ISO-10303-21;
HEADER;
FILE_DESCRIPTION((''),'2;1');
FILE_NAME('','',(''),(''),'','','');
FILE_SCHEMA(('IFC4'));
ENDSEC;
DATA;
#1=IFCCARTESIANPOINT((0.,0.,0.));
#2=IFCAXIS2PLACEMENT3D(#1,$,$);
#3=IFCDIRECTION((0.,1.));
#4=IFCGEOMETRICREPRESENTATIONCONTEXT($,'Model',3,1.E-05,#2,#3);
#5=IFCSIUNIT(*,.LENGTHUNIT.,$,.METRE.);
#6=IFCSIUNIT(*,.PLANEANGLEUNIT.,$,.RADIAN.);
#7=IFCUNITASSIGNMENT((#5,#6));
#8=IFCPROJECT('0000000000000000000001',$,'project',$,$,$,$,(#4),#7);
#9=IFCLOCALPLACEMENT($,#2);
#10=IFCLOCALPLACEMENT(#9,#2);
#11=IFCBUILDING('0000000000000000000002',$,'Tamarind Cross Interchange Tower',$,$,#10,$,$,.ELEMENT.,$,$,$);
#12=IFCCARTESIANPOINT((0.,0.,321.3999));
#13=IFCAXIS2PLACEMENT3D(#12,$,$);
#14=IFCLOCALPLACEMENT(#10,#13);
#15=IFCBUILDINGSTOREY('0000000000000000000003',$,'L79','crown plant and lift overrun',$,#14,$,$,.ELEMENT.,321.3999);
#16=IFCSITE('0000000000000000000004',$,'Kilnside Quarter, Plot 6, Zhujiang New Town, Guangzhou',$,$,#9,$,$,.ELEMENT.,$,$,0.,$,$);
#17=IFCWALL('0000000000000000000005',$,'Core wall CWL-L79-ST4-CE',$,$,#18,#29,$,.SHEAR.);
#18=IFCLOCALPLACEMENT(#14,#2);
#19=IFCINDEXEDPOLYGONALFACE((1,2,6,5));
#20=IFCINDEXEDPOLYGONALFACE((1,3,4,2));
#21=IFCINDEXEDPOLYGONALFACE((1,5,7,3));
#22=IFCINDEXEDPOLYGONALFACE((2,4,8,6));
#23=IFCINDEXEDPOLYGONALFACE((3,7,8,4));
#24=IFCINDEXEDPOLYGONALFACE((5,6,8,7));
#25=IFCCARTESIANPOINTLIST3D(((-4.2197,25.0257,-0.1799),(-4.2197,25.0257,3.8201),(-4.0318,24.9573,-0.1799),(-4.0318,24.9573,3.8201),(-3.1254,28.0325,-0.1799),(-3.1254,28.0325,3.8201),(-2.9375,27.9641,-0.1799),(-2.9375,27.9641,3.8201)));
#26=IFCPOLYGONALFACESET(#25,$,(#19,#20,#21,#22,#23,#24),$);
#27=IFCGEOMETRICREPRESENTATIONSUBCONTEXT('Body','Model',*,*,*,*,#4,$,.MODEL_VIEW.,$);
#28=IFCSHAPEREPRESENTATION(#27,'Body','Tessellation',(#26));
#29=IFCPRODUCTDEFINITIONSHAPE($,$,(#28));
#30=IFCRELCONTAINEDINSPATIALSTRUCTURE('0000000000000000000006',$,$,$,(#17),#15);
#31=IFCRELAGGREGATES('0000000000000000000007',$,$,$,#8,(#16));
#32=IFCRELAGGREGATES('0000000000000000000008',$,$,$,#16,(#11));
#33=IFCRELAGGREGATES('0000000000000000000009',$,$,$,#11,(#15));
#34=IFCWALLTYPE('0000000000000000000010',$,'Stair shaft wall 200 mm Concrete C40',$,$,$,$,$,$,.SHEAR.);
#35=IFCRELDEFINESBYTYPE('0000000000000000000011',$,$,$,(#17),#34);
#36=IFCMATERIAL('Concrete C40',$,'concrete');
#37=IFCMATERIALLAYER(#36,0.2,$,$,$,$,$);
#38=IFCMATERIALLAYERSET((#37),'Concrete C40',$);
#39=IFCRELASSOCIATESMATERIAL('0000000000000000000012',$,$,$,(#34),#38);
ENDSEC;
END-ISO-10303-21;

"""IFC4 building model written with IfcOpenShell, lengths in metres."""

from ifc_helpers import new_model, si_unit, direction, frame, frame_2d, origin, place, context, subcontext, project, spatial, rectangle, extrude, material, layer, layer_set, type_object, element, save


model = new_model("IFC4")

# Units and contexts
model_context = context("Model", 3, precision=1e-05, world=origin(), true_north=direction((0.0, 1.0)))
body_context = subcontext(model_context, "Body", "Model", "MODEL_VIEW")
ifc_project = project(units=[si_unit("LENGTHUNIT", "METRE"), si_unit("PLANEANGLEUNIT", "RADIAN")], contexts=[model_context])

# Site, building, storey
site_placement = place(None, origin())
site = spatial("IfcSite", under=ifc_project, at=site_placement, Name="Kilnside Quarter, Plot 6, Zhujiang New Town, Guangzhou", CompositionType="ELEMENT", RefElevation=0.0)
building_placement = place(site_placement, origin())
building = spatial("IfcBuilding", under=site, at=building_placement, Name="Tamarind Cross Interchange Tower", CompositionType="ELEMENT")
storey_placement = place(building_placement, frame((0.0, 0.0, 321.3999)))
storey = spatial("IfcBuildingStorey", under=building, at=storey_placement, Name="L79", Description="crown plant and lift overrun", CompositionType="ELEMENT", Elevation=321.3999)

# Wall
ifc_material_1 = material(Name="Concrete C40", Category="concrete")
ifc_layer_1 = layer(ifc_material_1, 0.2)
ifc_layer_set_1 = layer_set([ifc_layer_1], Name="Concrete C40")
wall_type_1 = type_object("IfcWallType", Name="Stair shaft wall 200 mm Concrete C40", PredefinedType="SHEAR", material=ifc_layer_set_1)
wall_1_placement = place(storey_placement, frame((-3.0315, 27.9983, -0.1799), z_axis=(0.0, 0.0, 1.0), x_axis=(-0.341976, -0.939709, 0.0)))
element("IfcWall", 1, at=wall_1_placement, inside=storey, type_object=wall_type_1, Name="Core wall CWL-L79-ST4-CE", PredefinedType="SHEAR", context=body_context, shape_type="SweptSolid", body=[
    extrude(rectangle(XDim=3.1997, YDim=0.2, at=frame_2d((1.5999, 0.0))), origin(), (0.0, 0.0, 1.0), 4.0),
])

save(model, "model.ifc")
